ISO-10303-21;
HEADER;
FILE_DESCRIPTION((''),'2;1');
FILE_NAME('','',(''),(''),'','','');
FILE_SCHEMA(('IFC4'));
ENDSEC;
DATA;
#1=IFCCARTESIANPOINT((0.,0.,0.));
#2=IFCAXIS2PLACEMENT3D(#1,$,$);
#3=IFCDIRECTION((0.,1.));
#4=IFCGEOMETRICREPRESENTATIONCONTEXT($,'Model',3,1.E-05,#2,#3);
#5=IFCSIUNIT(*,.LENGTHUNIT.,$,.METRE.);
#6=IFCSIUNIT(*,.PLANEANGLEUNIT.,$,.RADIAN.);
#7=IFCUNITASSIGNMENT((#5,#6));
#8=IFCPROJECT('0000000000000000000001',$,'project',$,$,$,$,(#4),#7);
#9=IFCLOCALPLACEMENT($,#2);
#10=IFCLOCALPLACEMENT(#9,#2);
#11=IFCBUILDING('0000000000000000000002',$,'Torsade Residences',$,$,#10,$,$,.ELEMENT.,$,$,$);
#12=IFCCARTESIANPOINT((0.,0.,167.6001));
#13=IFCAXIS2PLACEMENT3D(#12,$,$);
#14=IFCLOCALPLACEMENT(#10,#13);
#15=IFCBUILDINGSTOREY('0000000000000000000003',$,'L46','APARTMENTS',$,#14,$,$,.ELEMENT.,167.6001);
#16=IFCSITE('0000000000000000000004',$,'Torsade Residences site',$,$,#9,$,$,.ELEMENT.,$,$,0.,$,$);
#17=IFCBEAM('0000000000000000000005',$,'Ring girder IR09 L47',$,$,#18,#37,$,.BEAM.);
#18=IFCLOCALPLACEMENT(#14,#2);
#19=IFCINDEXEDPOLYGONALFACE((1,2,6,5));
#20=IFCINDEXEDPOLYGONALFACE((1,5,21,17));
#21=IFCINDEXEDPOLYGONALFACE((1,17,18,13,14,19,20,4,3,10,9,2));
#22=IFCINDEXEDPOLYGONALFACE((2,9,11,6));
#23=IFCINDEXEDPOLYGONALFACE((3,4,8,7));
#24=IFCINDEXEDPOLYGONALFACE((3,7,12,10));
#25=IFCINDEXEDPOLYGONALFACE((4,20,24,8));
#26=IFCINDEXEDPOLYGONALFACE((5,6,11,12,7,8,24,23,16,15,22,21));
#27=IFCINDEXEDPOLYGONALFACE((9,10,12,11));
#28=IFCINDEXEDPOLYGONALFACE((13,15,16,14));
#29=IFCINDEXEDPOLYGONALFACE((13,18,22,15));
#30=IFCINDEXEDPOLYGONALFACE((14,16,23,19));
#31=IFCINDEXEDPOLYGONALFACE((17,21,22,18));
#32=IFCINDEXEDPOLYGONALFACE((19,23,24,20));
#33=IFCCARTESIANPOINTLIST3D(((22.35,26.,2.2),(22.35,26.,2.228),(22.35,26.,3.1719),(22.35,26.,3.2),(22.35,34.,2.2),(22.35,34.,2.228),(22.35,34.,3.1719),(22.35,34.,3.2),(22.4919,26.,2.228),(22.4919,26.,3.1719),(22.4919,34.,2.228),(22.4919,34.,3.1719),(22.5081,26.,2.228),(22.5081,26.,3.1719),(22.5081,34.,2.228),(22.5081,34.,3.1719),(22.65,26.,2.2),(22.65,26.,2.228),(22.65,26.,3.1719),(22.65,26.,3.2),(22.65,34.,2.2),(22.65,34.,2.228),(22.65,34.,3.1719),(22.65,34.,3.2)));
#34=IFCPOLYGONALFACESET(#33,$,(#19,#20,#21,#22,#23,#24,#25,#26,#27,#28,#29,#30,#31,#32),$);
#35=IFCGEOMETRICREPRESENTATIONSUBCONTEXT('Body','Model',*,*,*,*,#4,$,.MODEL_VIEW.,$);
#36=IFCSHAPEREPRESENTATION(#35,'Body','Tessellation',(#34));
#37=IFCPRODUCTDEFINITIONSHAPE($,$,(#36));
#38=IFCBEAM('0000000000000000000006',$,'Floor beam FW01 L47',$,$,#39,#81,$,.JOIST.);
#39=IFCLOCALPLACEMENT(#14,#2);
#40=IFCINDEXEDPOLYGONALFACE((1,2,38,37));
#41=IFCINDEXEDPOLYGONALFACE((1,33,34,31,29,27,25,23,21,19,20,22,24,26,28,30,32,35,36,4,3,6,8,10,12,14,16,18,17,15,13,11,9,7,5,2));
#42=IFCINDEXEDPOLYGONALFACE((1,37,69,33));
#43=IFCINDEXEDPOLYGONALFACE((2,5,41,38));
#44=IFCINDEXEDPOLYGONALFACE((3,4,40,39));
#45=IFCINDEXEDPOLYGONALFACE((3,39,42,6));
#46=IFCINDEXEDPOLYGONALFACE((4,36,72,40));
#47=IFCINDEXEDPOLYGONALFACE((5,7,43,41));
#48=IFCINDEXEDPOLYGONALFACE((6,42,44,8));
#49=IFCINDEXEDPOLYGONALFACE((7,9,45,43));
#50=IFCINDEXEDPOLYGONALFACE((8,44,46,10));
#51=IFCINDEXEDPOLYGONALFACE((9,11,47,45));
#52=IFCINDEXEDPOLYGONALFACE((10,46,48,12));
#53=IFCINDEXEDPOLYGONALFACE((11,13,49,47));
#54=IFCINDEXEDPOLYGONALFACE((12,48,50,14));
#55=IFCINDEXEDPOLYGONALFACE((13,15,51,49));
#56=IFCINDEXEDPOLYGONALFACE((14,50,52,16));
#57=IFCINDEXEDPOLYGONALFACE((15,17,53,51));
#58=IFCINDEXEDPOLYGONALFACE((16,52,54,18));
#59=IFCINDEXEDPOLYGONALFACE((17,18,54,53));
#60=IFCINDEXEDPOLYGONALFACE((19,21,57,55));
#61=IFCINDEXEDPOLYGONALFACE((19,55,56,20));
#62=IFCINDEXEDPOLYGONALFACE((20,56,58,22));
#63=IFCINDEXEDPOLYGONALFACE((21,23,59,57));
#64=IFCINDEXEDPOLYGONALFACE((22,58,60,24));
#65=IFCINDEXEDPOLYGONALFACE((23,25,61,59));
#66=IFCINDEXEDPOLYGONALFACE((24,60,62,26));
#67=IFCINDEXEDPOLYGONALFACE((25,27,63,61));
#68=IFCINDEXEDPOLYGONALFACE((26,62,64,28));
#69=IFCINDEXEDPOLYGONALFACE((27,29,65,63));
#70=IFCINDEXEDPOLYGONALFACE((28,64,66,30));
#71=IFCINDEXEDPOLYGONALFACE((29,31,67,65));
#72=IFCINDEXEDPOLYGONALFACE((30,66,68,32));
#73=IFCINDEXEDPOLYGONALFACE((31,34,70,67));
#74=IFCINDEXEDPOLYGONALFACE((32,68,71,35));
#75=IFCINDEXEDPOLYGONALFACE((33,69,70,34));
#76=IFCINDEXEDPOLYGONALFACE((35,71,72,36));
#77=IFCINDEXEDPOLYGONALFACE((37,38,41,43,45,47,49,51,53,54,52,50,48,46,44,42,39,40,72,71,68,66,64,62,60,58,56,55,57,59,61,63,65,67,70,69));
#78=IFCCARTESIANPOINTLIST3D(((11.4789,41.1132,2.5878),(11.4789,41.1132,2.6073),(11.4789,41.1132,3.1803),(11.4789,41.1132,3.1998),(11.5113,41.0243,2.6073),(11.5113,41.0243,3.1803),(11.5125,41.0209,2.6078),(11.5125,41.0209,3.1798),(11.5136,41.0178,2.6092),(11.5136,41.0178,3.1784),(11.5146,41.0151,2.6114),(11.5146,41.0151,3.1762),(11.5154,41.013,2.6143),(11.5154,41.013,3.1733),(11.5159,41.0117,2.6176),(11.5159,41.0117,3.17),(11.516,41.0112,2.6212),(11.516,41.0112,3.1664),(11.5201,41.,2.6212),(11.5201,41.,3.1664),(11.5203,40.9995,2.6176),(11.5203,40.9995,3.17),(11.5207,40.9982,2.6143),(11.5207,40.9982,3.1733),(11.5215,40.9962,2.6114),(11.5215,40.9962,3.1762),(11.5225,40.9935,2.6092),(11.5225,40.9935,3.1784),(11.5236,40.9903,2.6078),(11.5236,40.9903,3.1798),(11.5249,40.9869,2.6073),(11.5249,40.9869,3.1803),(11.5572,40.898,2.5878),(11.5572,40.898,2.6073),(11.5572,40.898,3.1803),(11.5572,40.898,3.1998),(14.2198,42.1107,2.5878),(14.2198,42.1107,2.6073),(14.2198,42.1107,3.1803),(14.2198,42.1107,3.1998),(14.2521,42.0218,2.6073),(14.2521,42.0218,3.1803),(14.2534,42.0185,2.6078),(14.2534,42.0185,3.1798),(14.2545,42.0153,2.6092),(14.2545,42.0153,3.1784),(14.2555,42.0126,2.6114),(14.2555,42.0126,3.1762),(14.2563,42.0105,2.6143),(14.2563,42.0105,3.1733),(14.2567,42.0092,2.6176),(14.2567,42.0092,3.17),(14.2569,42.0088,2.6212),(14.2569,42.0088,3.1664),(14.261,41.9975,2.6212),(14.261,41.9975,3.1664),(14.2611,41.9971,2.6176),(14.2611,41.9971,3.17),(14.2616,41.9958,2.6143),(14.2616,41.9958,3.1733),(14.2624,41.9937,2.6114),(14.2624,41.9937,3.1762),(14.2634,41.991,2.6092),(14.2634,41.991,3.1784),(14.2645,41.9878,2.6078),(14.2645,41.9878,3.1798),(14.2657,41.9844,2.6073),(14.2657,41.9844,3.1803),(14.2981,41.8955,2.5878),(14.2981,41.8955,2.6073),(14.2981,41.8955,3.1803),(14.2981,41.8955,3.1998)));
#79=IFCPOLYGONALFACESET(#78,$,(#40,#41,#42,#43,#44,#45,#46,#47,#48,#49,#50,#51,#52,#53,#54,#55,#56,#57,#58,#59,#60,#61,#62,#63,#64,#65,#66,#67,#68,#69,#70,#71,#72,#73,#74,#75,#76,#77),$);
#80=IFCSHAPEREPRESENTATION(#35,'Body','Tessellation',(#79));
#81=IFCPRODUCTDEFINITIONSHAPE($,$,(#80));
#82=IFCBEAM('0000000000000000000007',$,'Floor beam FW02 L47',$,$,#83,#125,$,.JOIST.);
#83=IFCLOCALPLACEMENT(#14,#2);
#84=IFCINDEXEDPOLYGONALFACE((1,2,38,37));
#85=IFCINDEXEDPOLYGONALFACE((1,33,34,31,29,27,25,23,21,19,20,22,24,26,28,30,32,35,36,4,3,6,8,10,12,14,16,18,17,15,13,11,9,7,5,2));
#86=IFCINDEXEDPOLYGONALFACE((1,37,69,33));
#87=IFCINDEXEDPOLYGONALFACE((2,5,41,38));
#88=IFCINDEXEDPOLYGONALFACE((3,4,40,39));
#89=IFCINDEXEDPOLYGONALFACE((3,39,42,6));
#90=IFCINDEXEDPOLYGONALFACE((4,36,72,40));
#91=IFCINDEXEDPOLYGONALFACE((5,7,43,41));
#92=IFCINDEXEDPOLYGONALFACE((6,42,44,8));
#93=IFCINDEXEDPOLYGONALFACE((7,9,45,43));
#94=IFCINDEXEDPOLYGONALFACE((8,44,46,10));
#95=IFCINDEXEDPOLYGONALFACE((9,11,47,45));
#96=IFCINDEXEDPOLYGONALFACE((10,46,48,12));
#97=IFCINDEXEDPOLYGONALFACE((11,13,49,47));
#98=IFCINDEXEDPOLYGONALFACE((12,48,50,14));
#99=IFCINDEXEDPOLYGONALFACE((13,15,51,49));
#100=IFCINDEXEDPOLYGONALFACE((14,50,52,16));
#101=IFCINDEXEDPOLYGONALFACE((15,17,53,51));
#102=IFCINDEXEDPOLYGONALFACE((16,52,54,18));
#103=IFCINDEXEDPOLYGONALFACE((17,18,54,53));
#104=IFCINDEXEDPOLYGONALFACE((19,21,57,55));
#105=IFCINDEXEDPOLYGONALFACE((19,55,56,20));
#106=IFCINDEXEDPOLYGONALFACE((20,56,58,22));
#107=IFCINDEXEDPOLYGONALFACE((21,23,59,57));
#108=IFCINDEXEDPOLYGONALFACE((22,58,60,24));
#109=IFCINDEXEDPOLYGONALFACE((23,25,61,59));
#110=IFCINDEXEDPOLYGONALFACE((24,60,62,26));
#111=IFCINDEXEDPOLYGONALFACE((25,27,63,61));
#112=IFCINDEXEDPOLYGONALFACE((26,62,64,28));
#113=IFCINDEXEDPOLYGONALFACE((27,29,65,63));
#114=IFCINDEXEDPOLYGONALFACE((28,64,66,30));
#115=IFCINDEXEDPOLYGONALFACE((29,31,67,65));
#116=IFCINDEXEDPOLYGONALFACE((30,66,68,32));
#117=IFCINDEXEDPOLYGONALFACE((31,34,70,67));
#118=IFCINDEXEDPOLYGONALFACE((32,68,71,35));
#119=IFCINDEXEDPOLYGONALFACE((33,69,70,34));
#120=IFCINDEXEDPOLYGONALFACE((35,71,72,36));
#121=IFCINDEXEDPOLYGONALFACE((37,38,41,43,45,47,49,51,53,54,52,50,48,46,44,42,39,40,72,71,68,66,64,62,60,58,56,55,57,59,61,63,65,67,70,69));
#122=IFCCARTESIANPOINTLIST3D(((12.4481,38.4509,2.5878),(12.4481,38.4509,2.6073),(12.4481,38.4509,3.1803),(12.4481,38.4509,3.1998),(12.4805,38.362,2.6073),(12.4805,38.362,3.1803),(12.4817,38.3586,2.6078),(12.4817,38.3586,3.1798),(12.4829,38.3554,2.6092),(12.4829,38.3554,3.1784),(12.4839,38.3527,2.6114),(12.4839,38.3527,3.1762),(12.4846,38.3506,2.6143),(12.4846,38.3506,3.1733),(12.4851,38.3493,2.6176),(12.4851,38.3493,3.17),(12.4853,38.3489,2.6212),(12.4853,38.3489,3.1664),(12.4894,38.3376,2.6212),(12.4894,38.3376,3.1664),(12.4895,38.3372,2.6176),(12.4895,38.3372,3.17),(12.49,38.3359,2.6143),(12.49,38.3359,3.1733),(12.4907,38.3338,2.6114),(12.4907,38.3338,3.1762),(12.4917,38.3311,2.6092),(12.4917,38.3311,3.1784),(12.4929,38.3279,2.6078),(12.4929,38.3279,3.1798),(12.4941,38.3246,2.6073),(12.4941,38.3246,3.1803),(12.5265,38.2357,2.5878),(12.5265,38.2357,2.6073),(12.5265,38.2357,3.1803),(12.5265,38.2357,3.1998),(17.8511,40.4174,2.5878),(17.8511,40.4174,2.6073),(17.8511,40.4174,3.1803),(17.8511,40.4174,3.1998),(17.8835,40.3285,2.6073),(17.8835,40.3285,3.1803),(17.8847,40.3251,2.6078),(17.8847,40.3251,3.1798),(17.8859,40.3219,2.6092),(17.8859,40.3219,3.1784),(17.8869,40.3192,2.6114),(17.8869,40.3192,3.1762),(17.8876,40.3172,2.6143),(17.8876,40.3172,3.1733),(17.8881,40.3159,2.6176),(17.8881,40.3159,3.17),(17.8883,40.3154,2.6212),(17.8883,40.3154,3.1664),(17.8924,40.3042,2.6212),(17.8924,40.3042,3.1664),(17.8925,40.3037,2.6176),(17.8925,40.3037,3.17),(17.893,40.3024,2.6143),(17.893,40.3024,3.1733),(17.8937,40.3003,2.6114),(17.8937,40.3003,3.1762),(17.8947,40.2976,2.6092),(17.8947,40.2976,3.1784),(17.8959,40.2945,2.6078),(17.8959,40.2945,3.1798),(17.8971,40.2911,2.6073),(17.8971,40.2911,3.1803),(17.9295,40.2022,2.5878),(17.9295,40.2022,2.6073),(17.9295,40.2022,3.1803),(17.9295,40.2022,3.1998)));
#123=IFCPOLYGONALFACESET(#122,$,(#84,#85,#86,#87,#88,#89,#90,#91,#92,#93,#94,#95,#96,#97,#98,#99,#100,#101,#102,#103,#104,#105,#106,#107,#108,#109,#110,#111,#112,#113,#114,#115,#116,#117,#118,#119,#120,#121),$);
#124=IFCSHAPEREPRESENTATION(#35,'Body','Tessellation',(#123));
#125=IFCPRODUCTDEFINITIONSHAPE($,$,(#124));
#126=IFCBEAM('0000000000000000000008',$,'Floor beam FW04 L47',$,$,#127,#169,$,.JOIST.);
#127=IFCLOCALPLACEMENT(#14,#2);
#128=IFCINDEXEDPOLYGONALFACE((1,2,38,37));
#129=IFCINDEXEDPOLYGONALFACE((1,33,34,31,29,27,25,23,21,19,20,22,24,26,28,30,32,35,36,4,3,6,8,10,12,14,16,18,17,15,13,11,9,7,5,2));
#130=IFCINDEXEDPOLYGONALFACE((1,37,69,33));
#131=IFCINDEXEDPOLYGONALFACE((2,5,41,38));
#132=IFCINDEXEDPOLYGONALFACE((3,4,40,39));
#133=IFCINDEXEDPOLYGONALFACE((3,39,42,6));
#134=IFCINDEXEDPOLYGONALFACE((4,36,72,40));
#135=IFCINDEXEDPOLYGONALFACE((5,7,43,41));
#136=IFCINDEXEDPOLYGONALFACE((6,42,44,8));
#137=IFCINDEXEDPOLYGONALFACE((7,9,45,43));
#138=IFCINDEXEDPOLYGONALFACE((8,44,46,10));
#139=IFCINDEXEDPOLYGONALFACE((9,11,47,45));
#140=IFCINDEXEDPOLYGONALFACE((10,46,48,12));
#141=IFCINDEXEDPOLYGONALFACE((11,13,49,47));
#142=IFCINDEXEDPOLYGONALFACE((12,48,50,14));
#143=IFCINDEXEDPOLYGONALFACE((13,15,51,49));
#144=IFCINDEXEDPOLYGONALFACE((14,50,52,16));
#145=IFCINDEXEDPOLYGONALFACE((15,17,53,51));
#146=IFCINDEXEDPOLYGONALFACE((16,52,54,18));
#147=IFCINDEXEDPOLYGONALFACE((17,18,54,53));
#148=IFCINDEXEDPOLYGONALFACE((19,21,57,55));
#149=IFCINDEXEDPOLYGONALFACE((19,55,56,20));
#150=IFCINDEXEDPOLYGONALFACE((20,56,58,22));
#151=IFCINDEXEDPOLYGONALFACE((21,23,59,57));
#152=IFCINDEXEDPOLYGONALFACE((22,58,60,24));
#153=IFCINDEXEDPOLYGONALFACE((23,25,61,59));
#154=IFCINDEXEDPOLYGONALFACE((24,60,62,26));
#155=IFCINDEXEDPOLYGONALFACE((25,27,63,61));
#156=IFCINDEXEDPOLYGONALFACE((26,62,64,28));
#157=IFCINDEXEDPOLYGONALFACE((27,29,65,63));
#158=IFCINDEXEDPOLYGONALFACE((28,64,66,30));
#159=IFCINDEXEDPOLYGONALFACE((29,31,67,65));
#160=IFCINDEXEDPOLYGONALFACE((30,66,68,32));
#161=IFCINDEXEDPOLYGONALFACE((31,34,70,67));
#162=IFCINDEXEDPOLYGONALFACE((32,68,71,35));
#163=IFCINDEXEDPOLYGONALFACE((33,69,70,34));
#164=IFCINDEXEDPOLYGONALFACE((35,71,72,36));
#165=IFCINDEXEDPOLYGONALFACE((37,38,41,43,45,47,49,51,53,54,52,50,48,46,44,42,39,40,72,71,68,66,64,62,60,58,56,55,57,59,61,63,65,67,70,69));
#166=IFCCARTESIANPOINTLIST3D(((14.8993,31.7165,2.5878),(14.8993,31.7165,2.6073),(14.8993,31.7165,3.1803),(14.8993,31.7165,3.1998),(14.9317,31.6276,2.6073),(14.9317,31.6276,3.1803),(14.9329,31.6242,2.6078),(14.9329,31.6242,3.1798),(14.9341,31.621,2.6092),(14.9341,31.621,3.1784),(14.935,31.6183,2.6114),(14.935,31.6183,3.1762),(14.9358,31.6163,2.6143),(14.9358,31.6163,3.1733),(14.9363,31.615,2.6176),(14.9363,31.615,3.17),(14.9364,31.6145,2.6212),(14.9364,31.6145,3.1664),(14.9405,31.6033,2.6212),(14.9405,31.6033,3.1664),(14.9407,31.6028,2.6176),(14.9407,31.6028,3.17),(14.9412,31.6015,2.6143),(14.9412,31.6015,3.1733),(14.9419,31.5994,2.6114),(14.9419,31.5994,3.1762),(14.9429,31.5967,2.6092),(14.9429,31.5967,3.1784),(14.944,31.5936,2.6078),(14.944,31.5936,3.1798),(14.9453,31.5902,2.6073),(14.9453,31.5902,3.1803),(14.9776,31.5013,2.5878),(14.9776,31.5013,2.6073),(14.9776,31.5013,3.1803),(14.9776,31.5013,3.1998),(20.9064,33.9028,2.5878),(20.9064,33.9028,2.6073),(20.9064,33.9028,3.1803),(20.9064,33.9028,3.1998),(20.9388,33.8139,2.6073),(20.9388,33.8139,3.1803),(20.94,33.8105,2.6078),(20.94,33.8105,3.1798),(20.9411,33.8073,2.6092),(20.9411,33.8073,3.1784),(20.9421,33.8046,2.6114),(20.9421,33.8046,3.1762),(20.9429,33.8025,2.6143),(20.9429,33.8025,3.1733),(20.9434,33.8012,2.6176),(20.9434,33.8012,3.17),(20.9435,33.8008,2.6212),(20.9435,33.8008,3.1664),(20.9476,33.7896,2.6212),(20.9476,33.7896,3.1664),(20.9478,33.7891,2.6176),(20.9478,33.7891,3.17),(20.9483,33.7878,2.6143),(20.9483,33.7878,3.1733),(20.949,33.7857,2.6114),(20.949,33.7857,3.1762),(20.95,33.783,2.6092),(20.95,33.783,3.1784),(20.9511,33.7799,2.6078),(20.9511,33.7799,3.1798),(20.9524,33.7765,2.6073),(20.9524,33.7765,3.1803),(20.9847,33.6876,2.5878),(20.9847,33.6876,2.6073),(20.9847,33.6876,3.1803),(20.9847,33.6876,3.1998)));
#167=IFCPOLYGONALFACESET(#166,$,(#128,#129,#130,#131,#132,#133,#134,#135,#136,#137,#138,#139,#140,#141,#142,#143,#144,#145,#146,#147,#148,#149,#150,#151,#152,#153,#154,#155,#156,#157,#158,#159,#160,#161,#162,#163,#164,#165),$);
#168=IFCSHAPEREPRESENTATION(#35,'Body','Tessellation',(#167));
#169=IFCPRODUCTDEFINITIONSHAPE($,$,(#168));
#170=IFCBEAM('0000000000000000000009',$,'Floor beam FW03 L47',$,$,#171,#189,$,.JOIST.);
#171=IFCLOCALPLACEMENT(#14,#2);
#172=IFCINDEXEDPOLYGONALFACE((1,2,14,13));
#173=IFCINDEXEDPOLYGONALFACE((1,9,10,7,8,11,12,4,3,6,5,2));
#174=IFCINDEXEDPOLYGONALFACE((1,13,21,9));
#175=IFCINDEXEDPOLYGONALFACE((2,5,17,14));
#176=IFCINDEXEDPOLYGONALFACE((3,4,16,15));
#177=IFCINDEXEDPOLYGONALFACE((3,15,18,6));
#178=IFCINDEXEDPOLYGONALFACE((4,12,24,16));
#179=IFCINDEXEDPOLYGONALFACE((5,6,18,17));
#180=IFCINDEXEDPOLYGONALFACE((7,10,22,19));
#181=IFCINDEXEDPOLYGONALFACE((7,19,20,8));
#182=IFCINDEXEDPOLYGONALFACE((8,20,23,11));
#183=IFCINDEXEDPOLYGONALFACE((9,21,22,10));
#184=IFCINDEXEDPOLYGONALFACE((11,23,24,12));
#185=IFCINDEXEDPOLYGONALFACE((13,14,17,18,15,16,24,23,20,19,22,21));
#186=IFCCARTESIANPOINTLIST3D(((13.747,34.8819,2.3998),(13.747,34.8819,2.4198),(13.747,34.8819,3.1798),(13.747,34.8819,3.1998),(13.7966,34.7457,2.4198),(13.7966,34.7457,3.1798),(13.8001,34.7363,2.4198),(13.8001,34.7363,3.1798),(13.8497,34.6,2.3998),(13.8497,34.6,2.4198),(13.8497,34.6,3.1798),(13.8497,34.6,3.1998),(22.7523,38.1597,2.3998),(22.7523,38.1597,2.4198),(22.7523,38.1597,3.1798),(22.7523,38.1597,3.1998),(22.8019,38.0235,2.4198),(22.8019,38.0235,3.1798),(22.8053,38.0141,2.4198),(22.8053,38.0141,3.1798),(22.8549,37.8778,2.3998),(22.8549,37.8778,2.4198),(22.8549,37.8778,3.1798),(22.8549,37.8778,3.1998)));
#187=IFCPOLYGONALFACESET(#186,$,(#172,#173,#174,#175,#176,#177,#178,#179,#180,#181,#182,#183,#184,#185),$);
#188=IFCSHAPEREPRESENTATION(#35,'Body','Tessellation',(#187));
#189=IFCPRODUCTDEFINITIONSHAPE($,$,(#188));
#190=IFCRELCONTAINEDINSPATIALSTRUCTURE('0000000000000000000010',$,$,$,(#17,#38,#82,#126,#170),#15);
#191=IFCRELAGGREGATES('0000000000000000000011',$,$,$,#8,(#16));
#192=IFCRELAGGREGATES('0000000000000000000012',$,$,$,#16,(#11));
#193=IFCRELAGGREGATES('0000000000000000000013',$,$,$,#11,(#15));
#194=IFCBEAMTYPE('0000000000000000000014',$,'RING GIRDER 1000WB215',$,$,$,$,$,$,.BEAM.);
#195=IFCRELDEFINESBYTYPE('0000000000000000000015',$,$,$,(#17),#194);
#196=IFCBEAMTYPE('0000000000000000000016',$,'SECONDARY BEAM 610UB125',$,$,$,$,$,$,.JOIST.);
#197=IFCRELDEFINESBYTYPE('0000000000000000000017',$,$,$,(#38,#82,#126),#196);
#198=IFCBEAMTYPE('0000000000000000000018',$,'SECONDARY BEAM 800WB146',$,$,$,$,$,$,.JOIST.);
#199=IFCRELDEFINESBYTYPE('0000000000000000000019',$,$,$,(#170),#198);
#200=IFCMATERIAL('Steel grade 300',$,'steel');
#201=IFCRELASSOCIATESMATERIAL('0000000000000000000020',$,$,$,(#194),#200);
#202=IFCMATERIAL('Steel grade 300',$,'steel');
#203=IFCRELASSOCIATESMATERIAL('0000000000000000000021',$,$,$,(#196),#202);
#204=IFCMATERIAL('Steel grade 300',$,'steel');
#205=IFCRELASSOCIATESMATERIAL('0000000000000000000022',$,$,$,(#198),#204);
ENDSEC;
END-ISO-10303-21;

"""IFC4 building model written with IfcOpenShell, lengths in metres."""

from ifc_helpers import new_model, si_unit, direction, frame, origin, origin_2d, place, context, subcontext, project, spatial, i_section, extrude, material, material_profile, profile_set, type_object, element, save


model = new_model("IFC4")

# Units and contexts
model_context = context("Model", 3, precision=1e-05, world=origin(), true_north=direction((0.0, 1.0)))
body_context = subcontext(model_context, "Body", "Model", "MODEL_VIEW")
ifc_project = project(units=[si_unit("LENGTHUNIT", "METRE"), si_unit("PLANEANGLEUNIT", "RADIAN")], contexts=[model_context])

# Site, building, storey
site_placement = place(None, origin())
site = spatial("IfcSite", under=ifc_project, at=site_placement, Name="Torsade Residences site", CompositionType="ELEMENT", RefElevation=0.0)
building_placement = place(site_placement, origin())
building = spatial("IfcBuilding", under=site, at=building_placement, Name="Torsade Residences", CompositionType="ELEMENT")
storey_placement = place(building_placement, frame((0.0, 0.0, 167.6001)))
storey = spatial("IfcBuildingStorey", under=building, at=storey_placement, Name="L46", Description="APARTMENTS", CompositionType="ELEMENT", Elevation=167.6001)

# Beams
ifc_material_1 = material(Name="Steel grade 300", Category="steel")
ifc_material_profile_1 = material_profile(ifc_material_1, i_section(OverallWidth=0.3, OverallDepth=1.0, WebThickness=0.0161, FlangeThickness=0.0281, at=origin_2d()), Name="1000WB215")
ifc_profile_set_1 = profile_set([ifc_material_profile_1], Name="Steel grade 300")
beam_type_1 = type_object("IfcBeamType", Name="RING GIRDER 1000WB215", PredefinedType="BEAM", material=ifc_profile_set_1)
beam_1_placement = place(storey_placement, frame((22.5, 34.0, 2.7), z_axis=(0.0, -1.0, 0.0), x_axis=(1.0, 0.0, 0.0)))
element("IfcBeam", 1, at=beam_1_placement, inside=storey, type_object=beam_type_1, Name="Ring girder IR09 L47", PredefinedType="BEAM", context=body_context, shape_type="SweptSolid", body=[
    extrude(i_section(OverallWidth=0.3, OverallDepth=1.0, WebThickness=0.0161, FlangeThickness=0.0281, at=origin_2d()), origin(), (0.0, 0.0, 1.0), 8.0),
])
ifc_material_2 = material(Name="Steel grade 300", Category="steel")
ifc_material_profile_2 = material_profile(ifc_material_2, i_section(OverallWidth=0.229, OverallDepth=0.6121, WebThickness=0.012, FlangeThickness=0.0195, FilletRadius=0.0139, at=origin_2d()), Name="610UB125")
ifc_profile_set_2 = profile_set([ifc_material_profile_2], Name="Steel grade 300")
beam_type_2 = type_object("IfcBeamType", Name="SECONDARY BEAM 610UB125", PredefinedType="JOIST", material=ifc_profile_set_2)
beam_2_placement = place(storey_placement, frame((11.5181, 41.0056, 2.8938), z_axis=(0.939701, 0.341998, 0.0), x_axis=(-0.341998, 0.939701, 0.0)))
element("IfcBeam", 2, at=beam_2_placement, inside=storey, type_object=beam_type_2, Name="Floor beam FW01 L47", PredefinedType="JOIST", context=body_context, shape_type="SweptSolid", body=[
    extrude(i_section(OverallWidth=0.229, OverallDepth=0.6121, WebThickness=0.012, FlangeThickness=0.0195, FilletRadius=0.0139, at=origin_2d()), origin(), (0.0, 0.0, 1.0), 2.9167),
])
beam_3_placement = place(storey_placement, frame((12.4873, 38.3433, 2.8938), z_axis=(0.939693, 0.342019, 0.0), x_axis=(-0.342019, 0.939693, 0.0)))
element("IfcBeam", 3, at=beam_3_placement, inside=storey, type_object=beam_type_2, Name="Floor beam FW02 L47", PredefinedType="JOIST", context=body_context, shape_type="SweptSolid", body=[
    extrude(i_section(OverallWidth=0.229, OverallDepth=0.6121, WebThickness=0.012, FlangeThickness=0.0195, FilletRadius=0.0139, at=origin_2d()), origin(), (0.0, 0.0, 1.0), 5.7498),
])
beam_4_placement = place(storey_placement, frame((14.9385, 31.6089, 2.8938), z_axis=(0.939699, 0.342004, 0.0), x_axis=(-0.342004, 0.939699, 0.0)))
element("IfcBeam", 4, at=beam_4_placement, inside=storey, type_object=beam_type_2, Name="Floor beam FW04 L47", PredefinedType="JOIST", context=body_context, shape_type="SweptSolid", body=[
    extrude(i_section(OverallWidth=0.229, OverallDepth=0.6121, WebThickness=0.012, FlangeThickness=0.0195, FilletRadius=0.0139, at=origin_2d()), origin(), (0.0, 0.0, 1.0), 6.3926),
])
ifc_material_3 = material(Name="Steel grade 300", Category="steel")
ifc_material_profile_3 = material_profile(ifc_material_3, i_section(OverallWidth=0.3, OverallDepth=0.8, WebThickness=0.01, FlangeThickness=0.02, at=origin_2d()), Name="800WB146")
ifc_profile_set_3 = profile_set([ifc_material_profile_3], Name="Steel grade 300")
beam_type_3 = type_object("IfcBeamType", Name="SECONDARY BEAM 800WB146", PredefinedType="JOIST", material=ifc_profile_set_3)
beam_5_placement = place(storey_placement, frame((13.7983, 34.741, 2.7998), z_axis=(0.939688, 0.342034, 0.0), x_axis=(-0.342034, 0.939688, 0.0)))
element("IfcBeam", 5, at=beam_5_placement, inside=storey, type_object=beam_type_3, Name="Floor beam FW03 L47", PredefinedType="JOIST", context=body_context, shape_type="SweptSolid", body=[
    extrude(i_section(OverallWidth=0.3, OverallDepth=0.8, WebThickness=0.01, FlangeThickness=0.02, at=origin_2d()), origin(), (0.0, 0.0, 1.0), 9.5833),
])

save(model, "model.ifc")
